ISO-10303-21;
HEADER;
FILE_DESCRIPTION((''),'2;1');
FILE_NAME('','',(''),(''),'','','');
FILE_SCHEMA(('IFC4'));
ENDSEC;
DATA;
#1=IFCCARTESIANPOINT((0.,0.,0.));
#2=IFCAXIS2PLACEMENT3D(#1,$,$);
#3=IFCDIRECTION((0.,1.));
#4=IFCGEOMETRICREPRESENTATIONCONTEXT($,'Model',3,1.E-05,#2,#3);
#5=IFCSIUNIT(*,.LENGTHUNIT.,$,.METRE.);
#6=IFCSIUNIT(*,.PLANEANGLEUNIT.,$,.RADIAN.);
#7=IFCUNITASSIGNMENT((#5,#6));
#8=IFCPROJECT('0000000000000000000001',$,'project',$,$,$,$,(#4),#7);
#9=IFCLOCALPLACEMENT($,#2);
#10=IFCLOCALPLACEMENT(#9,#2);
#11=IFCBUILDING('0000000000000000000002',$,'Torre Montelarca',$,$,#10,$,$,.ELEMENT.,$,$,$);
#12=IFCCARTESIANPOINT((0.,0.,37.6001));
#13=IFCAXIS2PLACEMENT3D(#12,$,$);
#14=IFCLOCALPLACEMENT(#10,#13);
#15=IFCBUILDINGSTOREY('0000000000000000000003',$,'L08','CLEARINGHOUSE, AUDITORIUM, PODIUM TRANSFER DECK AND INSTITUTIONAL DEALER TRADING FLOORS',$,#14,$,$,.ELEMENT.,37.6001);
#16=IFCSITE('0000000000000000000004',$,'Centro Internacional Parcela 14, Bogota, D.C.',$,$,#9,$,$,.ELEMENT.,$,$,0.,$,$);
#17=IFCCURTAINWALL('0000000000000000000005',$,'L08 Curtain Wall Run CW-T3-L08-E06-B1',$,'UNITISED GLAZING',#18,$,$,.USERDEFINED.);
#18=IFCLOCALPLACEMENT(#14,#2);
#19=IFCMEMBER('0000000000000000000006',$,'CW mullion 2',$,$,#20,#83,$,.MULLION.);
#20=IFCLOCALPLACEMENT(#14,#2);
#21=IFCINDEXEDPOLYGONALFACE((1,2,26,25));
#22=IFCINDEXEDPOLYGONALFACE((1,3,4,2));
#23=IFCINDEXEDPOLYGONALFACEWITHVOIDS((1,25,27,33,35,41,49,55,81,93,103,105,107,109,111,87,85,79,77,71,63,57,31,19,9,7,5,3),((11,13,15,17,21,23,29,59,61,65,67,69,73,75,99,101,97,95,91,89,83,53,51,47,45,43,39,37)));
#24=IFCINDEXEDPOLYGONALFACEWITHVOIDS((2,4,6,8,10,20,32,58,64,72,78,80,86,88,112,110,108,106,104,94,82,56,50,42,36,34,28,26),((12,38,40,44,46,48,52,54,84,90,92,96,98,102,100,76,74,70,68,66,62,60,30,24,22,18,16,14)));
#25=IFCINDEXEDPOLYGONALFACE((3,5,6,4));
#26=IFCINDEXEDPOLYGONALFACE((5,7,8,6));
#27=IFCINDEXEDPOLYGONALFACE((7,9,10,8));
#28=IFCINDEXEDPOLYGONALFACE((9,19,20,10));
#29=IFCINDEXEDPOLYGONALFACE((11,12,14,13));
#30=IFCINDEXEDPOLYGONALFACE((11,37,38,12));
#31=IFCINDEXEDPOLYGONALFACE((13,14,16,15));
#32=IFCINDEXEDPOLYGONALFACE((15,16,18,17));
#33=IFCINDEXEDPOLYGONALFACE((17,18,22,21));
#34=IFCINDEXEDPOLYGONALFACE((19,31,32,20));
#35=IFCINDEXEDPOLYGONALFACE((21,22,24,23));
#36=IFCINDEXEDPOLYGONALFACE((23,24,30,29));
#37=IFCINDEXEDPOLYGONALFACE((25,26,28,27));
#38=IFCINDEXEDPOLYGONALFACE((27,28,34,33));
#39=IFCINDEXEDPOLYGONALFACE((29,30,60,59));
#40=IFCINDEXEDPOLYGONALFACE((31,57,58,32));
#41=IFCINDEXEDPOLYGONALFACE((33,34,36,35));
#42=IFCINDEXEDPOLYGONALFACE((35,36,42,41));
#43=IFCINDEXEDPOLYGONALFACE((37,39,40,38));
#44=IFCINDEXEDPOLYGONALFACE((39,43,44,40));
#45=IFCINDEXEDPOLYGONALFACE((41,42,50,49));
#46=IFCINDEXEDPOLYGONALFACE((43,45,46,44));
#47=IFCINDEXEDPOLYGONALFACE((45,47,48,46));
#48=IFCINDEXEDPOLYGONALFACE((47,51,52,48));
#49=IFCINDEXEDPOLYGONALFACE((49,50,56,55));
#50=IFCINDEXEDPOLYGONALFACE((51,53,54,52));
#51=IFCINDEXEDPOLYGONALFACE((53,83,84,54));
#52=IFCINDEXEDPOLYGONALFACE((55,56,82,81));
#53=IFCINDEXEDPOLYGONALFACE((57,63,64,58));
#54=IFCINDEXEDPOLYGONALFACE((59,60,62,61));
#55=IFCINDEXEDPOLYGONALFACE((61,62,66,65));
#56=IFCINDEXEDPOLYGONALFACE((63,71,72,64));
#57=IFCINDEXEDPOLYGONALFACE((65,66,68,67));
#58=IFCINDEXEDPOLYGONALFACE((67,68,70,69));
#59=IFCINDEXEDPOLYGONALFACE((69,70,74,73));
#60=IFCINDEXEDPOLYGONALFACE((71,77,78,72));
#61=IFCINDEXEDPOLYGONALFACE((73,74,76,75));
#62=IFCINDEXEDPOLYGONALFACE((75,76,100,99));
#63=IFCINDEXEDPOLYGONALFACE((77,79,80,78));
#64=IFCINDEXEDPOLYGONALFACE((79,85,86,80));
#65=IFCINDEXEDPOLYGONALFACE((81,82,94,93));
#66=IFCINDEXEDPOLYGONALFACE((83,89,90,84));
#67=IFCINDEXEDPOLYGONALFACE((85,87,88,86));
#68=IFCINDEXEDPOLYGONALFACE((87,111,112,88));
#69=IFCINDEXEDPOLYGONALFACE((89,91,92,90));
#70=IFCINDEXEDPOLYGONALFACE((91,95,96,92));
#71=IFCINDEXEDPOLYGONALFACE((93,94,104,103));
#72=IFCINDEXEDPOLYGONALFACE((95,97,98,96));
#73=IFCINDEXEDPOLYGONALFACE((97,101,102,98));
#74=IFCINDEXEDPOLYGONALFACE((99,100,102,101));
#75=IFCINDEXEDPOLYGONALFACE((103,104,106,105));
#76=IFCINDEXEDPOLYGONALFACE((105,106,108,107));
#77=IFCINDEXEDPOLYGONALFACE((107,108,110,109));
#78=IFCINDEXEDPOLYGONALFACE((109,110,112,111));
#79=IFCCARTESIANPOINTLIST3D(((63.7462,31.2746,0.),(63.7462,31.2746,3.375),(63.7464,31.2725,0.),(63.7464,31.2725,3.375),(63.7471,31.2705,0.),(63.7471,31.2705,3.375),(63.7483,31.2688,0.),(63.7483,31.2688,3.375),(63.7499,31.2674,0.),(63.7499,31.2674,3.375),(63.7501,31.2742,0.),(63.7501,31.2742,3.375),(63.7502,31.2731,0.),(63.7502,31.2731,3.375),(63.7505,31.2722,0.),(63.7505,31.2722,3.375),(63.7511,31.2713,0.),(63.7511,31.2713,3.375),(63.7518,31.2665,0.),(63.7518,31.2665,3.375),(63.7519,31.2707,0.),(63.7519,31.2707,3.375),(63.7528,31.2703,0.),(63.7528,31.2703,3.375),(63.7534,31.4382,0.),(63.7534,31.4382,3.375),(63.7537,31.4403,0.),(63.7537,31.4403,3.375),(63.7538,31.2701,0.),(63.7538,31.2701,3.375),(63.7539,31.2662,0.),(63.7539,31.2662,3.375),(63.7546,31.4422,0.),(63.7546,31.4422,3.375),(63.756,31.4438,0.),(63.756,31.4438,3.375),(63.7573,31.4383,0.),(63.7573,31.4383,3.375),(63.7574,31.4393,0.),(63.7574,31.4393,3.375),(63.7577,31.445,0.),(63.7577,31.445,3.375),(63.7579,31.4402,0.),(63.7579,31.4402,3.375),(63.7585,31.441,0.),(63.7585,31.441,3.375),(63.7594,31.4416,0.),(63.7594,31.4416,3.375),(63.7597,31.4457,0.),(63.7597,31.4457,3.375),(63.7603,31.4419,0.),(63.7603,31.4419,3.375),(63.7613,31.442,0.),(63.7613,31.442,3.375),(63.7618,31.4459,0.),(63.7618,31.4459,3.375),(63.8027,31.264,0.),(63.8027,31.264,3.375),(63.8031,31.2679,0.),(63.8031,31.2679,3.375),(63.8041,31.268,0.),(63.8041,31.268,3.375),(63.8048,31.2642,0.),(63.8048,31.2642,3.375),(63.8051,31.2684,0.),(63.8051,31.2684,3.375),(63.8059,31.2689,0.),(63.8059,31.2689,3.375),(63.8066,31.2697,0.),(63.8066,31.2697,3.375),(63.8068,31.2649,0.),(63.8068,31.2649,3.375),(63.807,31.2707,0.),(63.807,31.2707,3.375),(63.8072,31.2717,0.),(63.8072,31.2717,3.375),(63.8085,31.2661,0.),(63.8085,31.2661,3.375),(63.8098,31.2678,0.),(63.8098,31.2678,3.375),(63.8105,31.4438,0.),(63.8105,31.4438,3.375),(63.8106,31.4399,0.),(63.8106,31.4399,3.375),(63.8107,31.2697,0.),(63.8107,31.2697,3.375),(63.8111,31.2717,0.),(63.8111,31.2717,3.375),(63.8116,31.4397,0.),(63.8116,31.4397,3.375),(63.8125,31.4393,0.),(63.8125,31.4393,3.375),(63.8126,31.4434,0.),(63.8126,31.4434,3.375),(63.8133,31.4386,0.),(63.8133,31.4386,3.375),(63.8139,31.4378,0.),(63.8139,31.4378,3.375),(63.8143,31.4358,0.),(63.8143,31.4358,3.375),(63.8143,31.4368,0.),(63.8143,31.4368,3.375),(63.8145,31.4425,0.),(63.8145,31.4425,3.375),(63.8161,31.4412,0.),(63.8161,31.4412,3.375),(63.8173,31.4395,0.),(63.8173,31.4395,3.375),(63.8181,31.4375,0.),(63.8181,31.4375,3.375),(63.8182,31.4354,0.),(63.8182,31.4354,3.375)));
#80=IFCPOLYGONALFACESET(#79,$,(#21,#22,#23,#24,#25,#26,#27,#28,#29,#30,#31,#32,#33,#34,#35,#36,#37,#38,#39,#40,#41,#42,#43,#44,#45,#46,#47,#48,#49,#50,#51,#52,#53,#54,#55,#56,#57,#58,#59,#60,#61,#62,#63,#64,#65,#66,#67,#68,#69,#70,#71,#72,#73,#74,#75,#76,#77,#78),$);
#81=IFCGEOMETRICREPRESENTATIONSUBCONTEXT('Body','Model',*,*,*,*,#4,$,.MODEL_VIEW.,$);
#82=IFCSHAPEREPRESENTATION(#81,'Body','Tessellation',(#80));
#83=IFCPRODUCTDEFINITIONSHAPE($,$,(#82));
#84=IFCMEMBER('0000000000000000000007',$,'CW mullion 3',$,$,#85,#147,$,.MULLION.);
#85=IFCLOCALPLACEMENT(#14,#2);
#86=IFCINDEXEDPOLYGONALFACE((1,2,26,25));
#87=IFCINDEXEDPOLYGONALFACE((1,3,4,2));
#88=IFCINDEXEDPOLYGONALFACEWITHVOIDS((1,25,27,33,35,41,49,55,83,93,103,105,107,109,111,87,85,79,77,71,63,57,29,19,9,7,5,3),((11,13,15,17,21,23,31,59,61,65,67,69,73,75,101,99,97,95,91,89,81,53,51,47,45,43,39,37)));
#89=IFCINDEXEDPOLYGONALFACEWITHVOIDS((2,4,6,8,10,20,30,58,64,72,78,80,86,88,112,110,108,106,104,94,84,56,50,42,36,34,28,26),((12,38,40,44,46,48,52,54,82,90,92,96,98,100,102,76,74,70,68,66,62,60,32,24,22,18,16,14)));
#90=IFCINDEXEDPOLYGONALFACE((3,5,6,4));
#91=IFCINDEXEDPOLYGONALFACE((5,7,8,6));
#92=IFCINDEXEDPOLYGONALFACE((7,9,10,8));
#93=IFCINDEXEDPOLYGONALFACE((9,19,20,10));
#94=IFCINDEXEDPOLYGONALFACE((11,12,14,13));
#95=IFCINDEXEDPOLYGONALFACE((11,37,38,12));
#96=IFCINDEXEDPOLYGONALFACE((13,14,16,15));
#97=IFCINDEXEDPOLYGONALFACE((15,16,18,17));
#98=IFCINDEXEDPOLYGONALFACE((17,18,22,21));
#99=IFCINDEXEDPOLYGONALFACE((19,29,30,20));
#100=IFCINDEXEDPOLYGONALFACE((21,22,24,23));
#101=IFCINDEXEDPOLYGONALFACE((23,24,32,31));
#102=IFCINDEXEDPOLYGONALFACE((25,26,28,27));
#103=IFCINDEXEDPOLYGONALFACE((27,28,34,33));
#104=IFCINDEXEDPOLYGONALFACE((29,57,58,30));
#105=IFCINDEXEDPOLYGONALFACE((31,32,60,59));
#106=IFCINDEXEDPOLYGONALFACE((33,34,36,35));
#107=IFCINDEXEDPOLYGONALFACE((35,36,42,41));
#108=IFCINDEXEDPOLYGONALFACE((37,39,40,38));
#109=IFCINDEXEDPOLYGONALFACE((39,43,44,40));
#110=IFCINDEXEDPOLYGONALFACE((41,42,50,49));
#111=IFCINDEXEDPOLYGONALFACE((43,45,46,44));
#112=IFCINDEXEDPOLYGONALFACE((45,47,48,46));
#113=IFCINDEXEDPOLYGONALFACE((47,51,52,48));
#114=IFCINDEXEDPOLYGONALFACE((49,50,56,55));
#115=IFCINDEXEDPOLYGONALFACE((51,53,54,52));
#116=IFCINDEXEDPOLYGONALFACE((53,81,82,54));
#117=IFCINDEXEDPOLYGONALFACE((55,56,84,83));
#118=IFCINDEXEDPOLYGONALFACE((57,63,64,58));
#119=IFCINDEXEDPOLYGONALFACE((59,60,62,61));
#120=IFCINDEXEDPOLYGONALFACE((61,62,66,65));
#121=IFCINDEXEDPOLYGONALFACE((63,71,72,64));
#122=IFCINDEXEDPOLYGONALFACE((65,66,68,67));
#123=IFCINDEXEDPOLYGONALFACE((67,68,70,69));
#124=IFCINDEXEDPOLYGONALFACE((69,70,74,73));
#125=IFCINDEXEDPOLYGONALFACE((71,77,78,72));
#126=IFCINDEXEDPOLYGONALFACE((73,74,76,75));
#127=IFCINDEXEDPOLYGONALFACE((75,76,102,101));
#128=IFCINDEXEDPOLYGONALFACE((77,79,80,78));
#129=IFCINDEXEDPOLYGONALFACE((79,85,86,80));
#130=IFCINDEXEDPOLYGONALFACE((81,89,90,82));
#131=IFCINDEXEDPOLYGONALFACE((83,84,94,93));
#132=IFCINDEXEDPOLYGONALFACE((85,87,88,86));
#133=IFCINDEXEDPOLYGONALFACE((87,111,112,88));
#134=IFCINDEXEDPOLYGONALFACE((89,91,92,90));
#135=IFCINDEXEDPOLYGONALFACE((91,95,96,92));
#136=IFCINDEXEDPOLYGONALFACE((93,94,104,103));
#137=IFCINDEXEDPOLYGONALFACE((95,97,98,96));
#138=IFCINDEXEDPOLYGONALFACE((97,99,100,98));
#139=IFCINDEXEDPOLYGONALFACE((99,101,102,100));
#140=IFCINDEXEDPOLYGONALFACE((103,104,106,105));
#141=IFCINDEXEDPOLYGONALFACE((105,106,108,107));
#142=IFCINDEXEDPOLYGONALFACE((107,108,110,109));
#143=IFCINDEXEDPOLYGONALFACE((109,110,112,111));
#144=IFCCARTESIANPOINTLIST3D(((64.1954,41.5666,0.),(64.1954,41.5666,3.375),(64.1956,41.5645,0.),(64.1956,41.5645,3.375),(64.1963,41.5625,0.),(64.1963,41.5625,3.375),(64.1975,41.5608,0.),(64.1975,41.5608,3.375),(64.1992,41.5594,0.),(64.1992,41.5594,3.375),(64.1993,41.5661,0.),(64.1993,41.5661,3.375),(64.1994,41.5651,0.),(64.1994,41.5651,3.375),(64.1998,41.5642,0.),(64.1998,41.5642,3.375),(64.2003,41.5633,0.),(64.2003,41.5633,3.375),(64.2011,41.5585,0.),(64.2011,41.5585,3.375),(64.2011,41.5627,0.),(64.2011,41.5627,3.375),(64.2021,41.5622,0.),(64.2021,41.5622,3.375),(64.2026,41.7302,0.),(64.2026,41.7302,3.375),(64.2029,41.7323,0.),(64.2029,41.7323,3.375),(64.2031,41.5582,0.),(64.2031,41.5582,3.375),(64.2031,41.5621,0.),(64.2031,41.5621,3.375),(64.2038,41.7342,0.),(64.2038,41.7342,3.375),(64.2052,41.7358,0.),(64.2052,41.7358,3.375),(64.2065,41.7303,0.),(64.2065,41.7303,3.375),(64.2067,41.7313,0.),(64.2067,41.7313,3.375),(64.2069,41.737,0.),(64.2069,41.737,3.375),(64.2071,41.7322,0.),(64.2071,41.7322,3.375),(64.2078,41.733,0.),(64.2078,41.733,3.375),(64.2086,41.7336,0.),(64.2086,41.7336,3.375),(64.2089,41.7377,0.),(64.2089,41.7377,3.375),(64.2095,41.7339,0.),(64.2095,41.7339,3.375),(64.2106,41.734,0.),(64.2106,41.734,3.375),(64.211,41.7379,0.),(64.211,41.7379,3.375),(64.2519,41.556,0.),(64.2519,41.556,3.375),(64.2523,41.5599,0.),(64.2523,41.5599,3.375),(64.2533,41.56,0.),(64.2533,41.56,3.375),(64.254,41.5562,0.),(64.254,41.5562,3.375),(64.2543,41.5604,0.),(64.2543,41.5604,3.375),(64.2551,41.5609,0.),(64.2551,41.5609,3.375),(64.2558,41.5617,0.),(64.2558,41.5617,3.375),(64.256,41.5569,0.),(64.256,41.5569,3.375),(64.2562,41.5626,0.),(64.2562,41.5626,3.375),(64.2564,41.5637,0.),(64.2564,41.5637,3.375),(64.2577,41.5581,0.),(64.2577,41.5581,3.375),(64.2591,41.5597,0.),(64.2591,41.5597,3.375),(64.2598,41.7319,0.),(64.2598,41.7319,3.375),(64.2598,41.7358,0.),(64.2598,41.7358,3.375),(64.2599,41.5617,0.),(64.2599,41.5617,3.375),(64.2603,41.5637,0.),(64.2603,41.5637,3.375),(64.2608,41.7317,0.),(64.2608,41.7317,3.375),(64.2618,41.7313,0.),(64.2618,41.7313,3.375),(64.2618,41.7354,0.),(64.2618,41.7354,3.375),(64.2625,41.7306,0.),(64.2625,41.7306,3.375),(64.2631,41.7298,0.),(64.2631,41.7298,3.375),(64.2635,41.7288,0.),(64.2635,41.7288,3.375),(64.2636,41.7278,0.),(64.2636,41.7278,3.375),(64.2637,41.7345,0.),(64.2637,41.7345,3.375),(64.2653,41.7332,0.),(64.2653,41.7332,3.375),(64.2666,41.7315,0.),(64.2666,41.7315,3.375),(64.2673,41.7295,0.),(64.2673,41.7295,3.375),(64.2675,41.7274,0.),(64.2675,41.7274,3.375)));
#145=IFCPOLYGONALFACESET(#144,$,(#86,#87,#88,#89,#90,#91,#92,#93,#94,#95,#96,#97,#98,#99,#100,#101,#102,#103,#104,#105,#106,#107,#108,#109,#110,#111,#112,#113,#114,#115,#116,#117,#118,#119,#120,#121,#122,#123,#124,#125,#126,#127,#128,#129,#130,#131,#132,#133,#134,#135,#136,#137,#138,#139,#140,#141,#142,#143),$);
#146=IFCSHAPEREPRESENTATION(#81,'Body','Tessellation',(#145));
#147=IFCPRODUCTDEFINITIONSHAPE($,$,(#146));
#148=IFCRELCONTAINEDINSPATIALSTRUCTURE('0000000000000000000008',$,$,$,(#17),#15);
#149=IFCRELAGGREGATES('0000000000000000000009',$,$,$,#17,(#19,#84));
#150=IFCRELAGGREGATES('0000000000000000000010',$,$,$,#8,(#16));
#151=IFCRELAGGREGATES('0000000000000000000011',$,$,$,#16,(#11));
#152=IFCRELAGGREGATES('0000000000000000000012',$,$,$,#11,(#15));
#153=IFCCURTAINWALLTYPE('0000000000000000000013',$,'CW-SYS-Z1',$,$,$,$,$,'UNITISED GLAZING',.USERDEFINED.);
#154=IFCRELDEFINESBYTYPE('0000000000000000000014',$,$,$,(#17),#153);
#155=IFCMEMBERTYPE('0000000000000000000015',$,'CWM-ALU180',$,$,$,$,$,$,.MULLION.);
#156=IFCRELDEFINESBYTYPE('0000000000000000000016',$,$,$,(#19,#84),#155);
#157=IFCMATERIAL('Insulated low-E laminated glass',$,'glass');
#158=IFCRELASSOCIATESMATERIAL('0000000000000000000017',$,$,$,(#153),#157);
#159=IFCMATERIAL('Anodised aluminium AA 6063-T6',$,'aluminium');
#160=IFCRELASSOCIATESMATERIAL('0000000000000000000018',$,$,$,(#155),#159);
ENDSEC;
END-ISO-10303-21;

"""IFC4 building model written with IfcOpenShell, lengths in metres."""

from ifc_helpers import new_model, si_unit, direction, frame, origin, origin_2d, place, context, subcontext, project, spatial, hollow_rectangle, extrude, source, transform, mapped, material, material_profile, profile_set, type_object, element, aggregate, save


model = new_model("IFC4")

# Units and contexts
model_context = context("Model", 3, precision=1e-05, world=origin(), true_north=direction((0.0, 1.0)))
body_context = subcontext(model_context, "Body", "Model", "MODEL_VIEW")
ifc_project = project(units=[si_unit("LENGTHUNIT", "METRE"), si_unit("PLANEANGLEUNIT", "RADIAN")], contexts=[model_context])

# Site, building, storey
site_placement = place(None, origin())
site = spatial("IfcSite", under=ifc_project, at=site_placement, Name="Centro Internacional Parcela 14, Bogota, D.C.", CompositionType="ELEMENT", RefElevation=0.0)
building_placement = place(site_placement, origin())
building = spatial("IfcBuilding", under=site, at=building_placement, Name="Torre Montelarca", CompositionType="ELEMENT")
storey_placement = place(building_placement, frame((0.0, 0.0, 37.6001)))
storey = spatial("IfcBuildingStorey", under=building, at=storey_placement, Name="L08", Description="CLEARINGHOUSE, AUDITORIUM, PODIUM TRANSFER DECK AND INSTITUTIONAL DEALER TRADING FLOORS", CompositionType="ELEMENT", Elevation=37.6001)

# Curtain wall, members
ifc_material_1 = material(Name="Insulated low-E laminated glass", Category="glass")
curtain_wall_type = type_object("IfcCurtainWallType", Name="CW-SYS-Z1", ElementType="UNITISED GLAZING", PredefinedType="USERDEFINED", material=ifc_material_1)
ifc_material_2 = material(Name="Anodised aluminium AA 6063-T6", Category="aluminium")
ifc_material_profile_1 = material_profile(ifc_material_2, hollow_rectangle(XDim=0.0649, YDim=0.1799, WallThickness=0.0039, InnerFilletRadius=0.0039, OuterFilletRadius=0.0081, at=origin_2d()), Name="ALU65X180X4", Category="aluminium")
ifc_profile_set_1 = profile_set([ifc_material_profile_1], Name="Anodised aluminium AA 6063-T6")
member_type_1 = type_object("IfcMemberType", Name="CWM-ALU180", PredefinedType="MULLION", material=ifc_profile_set_1)
curtain_wall_1_placement = place(storey_placement, origin())
curtain_wall_1 = element("IfcCurtainWall", 1, at=curtain_wall_1_placement, inside=storey, type_object=curtain_wall_type, Name="L08 Curtain Wall Run CW-T3-L08-E06-B1", ObjectType="UNITISED GLAZING", PredefinedType="USERDEFINED")
shared_shape_1 = source(origin(), body_context, "Body", "SweptSolid", [
    extrude(hollow_rectangle(XDim=0.0649, YDim=0.1799, WallThickness=0.0039, InnerFilletRadius=0.0039, OuterFilletRadius=0.0081, at=origin_2d()), origin(), (0.0, 0.0, 1.0), 3.375),
])
member_1_placement = place(storey_placement, frame((63.7822, 31.355, 0.0), z_axis=(0.0, 0.0, 1.0), x_axis=(-0.999048, 0.043618, 0.0)))
member_1 = element("IfcMember", 2, at=member_1_placement, type_object=member_type_1, Name="CW mullion 2", PredefinedType="MULLION", context=body_context, shape_type="MappedRepresentation", body=[
    mapped(shared_shape_1, transform((0.0, 0.0, 0.0), scale=1.0)),
])
member_2_placement = place(storey_placement, frame((64.2314, 41.647, 0.0), z_axis=(0.0, 0.0, 1.0), x_axis=(-0.999048, 0.043618, 0.0)))
member_2 = element("IfcMember", 3, at=member_2_placement, type_object=member_type_1, Name="CW mullion 3", PredefinedType="MULLION", context=body_context, shape_type="MappedRepresentation", body=[
    mapped(shared_shape_1, transform((0.0, 0.0, 0.0), scale=1.0)),
])

aggregate(curtain_wall_1, [member_1, member_2])

save(model, "model.ifc")
